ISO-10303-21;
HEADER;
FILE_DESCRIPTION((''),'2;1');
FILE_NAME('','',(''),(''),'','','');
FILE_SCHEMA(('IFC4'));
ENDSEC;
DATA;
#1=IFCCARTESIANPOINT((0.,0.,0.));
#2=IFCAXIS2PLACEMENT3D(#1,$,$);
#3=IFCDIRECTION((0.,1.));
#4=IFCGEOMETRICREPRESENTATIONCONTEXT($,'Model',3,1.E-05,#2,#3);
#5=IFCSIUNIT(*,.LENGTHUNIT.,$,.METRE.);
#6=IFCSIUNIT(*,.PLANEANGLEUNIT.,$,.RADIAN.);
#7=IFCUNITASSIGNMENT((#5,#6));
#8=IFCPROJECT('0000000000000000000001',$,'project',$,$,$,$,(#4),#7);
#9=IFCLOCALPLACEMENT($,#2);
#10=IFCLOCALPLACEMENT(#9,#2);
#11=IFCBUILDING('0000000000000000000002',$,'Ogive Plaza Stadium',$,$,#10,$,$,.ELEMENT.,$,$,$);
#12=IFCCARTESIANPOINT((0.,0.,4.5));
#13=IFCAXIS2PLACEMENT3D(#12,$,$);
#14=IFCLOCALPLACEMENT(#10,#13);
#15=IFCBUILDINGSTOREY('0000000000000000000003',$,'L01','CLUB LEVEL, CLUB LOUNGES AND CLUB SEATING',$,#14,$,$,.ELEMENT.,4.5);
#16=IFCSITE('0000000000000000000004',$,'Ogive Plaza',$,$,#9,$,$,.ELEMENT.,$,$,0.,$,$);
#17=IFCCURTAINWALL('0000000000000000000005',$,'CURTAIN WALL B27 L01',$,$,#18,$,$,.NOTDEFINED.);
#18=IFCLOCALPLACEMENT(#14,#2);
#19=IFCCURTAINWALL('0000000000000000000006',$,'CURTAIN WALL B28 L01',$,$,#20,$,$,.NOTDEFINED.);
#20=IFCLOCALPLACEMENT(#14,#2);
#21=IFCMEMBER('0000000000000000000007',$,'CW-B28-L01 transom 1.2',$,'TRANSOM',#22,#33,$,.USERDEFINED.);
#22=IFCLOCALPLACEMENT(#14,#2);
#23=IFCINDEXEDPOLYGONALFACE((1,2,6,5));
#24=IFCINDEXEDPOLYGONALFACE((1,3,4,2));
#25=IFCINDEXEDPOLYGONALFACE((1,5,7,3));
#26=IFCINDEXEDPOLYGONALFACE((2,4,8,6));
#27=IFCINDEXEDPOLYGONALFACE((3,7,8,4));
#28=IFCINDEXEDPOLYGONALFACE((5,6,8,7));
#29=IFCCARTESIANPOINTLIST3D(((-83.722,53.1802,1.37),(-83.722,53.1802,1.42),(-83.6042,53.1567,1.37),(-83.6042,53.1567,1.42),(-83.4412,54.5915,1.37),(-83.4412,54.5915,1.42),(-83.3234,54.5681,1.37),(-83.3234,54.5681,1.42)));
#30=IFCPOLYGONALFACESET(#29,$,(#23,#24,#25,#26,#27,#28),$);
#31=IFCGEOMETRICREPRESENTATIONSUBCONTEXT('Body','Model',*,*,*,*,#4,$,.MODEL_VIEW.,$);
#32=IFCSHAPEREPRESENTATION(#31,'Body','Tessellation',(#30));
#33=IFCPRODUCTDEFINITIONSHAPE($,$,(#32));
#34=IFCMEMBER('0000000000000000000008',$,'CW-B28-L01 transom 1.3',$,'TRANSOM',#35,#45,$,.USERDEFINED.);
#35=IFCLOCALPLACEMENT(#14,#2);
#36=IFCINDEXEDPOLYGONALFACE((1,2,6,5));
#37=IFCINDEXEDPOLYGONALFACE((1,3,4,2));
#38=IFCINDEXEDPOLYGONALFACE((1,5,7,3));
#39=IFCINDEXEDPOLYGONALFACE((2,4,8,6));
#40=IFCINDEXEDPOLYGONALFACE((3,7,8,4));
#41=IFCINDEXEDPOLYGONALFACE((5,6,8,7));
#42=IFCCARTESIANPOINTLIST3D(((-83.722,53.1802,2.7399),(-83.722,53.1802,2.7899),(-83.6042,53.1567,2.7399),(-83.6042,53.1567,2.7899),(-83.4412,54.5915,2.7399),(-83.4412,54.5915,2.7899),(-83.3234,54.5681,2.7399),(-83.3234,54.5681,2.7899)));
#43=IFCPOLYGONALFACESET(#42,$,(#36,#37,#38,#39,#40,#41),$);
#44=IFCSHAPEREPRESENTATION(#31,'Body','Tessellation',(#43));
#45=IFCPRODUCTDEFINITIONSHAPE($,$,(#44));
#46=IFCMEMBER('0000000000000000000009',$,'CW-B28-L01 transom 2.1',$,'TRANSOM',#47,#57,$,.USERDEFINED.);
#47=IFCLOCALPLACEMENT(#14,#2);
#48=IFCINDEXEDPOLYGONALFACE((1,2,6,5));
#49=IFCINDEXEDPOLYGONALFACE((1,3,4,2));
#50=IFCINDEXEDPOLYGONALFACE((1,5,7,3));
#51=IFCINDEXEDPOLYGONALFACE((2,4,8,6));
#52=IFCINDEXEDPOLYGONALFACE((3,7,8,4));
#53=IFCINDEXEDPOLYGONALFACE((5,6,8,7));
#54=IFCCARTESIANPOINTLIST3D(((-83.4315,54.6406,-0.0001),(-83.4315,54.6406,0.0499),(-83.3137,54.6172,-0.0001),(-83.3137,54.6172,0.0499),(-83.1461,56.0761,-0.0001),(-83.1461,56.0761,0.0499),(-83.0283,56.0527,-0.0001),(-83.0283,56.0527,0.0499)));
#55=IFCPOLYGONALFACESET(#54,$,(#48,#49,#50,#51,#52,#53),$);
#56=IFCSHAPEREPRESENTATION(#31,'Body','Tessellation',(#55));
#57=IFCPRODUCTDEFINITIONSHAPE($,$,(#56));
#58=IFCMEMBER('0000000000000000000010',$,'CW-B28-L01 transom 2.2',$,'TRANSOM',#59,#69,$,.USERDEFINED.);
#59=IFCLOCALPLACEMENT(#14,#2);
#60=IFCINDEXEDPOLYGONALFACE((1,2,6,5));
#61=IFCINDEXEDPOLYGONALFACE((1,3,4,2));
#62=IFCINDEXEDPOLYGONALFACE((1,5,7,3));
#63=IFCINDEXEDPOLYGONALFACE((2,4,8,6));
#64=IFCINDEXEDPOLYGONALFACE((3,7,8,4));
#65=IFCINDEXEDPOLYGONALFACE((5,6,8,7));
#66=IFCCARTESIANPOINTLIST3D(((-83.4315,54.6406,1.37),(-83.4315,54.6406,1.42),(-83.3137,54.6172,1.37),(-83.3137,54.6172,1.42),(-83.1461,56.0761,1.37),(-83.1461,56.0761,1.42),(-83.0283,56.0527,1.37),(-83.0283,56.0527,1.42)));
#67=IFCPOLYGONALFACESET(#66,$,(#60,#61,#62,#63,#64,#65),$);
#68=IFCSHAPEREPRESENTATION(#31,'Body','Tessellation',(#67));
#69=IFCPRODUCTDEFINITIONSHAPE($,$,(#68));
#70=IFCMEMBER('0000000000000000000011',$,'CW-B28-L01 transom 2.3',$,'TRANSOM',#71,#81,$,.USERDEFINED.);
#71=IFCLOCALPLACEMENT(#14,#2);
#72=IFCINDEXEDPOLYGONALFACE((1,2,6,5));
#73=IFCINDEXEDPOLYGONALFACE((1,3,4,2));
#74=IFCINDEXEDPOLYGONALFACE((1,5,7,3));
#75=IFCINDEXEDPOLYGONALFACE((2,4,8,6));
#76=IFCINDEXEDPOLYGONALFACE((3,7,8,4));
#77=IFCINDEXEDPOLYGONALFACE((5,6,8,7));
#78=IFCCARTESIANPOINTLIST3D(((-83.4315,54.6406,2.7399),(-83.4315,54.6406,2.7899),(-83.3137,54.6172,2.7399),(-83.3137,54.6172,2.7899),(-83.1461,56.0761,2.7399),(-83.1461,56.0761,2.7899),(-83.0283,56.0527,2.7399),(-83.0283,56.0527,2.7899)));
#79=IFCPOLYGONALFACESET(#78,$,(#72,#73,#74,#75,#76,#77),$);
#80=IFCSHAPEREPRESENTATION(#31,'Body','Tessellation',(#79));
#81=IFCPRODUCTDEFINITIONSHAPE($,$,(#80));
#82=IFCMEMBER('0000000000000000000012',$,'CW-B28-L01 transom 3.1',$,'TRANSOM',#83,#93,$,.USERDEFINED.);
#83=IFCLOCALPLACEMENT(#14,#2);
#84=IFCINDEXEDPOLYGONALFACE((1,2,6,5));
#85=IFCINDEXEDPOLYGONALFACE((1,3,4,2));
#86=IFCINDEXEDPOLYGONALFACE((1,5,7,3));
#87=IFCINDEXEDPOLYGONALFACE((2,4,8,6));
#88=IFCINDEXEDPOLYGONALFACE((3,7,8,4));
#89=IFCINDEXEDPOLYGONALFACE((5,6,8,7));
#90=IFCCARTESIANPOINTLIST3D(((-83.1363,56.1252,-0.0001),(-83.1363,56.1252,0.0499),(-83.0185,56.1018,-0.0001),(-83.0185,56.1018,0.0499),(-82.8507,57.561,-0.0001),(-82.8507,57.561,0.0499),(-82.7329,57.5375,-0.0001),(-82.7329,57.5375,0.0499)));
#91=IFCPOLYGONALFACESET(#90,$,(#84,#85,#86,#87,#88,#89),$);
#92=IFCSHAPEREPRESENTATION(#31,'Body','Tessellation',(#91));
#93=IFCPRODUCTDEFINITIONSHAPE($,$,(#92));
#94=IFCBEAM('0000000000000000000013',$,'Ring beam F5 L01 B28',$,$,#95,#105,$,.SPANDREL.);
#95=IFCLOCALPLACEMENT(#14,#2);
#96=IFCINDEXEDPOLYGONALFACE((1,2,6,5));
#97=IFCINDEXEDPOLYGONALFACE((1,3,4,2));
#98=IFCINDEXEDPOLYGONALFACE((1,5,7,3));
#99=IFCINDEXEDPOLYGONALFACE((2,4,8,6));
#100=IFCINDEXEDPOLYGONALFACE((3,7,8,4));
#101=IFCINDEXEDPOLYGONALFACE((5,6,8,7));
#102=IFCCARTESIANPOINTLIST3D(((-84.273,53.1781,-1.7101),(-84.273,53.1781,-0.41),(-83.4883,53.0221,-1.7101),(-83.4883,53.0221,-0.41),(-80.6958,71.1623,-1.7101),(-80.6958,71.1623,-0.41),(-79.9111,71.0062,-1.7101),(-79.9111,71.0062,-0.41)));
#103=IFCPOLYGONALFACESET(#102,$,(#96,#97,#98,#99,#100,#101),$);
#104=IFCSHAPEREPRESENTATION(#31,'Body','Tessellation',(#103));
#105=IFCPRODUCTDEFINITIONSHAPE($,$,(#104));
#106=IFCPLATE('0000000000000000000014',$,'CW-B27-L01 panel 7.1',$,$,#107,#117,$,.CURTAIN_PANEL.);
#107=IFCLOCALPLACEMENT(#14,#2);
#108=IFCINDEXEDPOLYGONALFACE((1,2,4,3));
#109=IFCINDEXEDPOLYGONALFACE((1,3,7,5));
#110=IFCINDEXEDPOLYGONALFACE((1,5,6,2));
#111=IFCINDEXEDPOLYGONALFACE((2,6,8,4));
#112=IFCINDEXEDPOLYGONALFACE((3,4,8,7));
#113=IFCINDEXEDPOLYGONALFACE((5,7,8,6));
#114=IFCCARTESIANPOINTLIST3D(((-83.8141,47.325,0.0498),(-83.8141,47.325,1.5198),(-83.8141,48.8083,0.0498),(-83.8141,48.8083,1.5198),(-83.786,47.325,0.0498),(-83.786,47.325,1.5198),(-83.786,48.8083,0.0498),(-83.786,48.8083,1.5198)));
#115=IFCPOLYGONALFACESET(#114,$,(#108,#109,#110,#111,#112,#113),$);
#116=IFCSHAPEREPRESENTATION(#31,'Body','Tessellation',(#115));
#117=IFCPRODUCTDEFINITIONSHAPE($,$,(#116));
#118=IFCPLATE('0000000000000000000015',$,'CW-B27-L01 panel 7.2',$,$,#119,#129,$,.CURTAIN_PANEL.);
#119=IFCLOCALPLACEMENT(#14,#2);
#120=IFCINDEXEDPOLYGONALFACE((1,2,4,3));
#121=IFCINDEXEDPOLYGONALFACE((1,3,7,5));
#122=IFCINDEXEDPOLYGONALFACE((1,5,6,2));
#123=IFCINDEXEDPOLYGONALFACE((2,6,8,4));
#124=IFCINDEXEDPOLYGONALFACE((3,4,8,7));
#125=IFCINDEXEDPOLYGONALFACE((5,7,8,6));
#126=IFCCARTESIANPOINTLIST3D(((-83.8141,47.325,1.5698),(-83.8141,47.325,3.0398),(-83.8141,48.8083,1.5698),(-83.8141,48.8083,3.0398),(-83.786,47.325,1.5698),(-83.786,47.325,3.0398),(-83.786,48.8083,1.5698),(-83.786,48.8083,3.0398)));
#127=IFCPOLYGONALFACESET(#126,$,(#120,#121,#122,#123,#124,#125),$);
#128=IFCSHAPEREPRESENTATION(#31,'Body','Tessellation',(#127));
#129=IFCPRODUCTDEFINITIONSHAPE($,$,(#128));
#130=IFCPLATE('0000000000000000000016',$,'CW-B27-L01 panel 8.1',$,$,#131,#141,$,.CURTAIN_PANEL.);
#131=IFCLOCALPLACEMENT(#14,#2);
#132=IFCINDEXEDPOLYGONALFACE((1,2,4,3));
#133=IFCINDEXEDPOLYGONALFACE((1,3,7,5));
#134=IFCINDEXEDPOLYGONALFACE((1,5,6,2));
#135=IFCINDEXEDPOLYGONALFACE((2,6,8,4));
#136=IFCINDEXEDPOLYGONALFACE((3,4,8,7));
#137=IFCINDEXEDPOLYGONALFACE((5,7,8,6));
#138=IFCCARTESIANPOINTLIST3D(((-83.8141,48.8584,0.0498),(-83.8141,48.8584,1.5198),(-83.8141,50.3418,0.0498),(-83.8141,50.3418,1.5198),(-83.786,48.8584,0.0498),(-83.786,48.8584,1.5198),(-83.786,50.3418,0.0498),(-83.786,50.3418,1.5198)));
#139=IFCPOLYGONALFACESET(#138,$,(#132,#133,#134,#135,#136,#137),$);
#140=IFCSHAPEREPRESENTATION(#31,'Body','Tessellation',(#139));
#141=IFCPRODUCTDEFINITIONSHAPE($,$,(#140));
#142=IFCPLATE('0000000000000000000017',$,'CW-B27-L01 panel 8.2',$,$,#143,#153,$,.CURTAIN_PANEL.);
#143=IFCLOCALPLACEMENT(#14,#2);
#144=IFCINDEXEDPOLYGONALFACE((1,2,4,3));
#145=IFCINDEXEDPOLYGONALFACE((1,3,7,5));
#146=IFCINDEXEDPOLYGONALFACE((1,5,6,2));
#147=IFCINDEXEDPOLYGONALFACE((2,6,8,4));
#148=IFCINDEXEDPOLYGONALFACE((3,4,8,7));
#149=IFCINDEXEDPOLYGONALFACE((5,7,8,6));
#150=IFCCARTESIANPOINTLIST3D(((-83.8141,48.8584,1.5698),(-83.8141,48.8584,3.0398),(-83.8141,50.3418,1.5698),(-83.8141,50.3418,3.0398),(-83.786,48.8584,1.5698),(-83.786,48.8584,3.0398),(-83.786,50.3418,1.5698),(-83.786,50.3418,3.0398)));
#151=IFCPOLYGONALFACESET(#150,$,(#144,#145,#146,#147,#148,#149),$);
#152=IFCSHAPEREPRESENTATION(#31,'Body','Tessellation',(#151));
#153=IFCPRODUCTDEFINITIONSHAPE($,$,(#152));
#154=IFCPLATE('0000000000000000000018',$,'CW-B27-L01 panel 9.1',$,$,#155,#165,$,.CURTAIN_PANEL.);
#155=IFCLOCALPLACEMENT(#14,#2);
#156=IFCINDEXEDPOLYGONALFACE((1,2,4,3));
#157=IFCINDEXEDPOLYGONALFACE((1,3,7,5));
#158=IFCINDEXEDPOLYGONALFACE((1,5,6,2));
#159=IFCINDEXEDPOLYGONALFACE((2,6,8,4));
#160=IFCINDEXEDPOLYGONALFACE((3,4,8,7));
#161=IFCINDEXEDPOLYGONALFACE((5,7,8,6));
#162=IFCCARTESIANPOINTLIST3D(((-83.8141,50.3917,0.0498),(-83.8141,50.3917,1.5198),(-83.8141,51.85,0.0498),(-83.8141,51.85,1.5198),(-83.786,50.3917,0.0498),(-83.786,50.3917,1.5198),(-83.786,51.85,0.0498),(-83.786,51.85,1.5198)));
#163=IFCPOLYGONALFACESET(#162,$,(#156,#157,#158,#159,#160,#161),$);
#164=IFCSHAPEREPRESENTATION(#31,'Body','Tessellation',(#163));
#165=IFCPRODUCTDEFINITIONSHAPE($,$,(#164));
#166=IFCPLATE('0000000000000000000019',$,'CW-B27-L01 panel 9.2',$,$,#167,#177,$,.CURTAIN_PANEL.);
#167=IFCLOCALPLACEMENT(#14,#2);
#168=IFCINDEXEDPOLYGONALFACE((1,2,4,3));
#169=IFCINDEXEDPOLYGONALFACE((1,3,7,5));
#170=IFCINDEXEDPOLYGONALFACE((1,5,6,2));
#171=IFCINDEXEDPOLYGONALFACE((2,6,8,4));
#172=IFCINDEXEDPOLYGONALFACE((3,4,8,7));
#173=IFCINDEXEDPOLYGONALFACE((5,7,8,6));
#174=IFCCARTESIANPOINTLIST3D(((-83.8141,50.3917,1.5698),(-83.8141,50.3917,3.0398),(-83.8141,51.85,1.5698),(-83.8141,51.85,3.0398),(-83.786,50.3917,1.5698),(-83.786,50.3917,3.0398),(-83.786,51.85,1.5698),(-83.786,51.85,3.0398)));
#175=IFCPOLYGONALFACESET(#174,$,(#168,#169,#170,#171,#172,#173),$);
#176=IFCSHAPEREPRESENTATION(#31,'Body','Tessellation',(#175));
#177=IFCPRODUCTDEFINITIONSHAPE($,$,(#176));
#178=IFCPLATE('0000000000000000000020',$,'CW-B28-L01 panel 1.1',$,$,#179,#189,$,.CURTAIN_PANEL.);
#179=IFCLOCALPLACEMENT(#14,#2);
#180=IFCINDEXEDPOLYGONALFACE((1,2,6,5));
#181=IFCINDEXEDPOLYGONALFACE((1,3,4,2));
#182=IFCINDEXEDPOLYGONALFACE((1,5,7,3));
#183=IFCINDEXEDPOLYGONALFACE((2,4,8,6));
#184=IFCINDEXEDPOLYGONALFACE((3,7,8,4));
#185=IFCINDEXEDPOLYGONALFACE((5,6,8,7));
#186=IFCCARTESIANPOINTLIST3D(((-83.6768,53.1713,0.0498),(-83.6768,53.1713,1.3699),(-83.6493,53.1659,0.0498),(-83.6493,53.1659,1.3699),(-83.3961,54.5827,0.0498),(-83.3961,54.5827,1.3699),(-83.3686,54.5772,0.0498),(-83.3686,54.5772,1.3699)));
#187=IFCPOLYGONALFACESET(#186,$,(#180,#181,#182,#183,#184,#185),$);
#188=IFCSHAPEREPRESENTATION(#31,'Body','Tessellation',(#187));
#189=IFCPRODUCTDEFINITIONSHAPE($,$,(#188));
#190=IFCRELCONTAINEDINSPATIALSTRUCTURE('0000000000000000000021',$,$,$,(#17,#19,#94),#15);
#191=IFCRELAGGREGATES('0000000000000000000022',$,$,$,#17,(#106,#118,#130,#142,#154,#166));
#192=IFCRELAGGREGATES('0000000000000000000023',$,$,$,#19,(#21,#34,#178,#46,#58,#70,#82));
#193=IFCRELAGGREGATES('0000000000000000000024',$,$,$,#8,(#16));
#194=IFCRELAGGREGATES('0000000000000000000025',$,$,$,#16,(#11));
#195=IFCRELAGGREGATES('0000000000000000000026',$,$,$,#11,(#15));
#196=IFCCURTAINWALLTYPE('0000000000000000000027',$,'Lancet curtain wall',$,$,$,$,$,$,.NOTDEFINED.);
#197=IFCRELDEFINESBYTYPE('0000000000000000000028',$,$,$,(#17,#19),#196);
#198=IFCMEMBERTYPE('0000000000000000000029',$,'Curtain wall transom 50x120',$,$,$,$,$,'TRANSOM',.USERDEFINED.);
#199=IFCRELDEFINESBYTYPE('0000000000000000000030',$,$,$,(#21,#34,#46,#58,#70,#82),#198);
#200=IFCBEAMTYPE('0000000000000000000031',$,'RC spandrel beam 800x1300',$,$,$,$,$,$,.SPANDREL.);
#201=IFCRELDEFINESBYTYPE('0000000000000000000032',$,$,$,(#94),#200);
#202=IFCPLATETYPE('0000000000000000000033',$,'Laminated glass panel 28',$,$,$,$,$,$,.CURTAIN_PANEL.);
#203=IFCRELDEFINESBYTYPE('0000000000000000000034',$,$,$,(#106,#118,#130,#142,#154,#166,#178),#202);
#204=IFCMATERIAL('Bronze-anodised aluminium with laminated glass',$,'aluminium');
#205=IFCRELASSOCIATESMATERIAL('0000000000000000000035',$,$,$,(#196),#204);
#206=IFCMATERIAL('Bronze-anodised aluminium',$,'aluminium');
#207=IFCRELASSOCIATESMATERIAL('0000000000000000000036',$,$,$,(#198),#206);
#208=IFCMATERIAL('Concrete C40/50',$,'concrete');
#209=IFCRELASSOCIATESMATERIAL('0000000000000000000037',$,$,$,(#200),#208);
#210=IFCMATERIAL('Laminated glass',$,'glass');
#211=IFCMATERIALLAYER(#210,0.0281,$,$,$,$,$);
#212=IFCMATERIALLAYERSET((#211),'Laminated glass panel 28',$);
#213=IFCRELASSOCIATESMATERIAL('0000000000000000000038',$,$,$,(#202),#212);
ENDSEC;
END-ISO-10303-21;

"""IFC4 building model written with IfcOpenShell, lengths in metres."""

from ifc_helpers import new_model, si_unit, direction, frame, origin, origin_2d, place, context, subcontext, project, spatial, rectangle, extrude, material, layer, layer_set, material_profile, profile_set, type_object, element, aggregate, save


model = new_model("IFC4")

# Units and contexts
model_context = context("Model", 3, precision=1e-05, world=origin(), true_north=direction((0.0, 1.0)))
body_context = subcontext(model_context, "Body", "Model", "MODEL_VIEW")
ifc_project = project(units=[si_unit("LENGTHUNIT", "METRE"), si_unit("PLANEANGLEUNIT", "RADIAN")], contexts=[model_context])

# Site, building, storey
site_placement = place(None, origin())
site = spatial("IfcSite", under=ifc_project, at=site_placement, Name="Ogive Plaza", CompositionType="ELEMENT", RefElevation=0.0)
building_placement = place(site_placement, origin())
building = spatial("IfcBuilding", under=site, at=building_placement, Name="Ogive Plaza Stadium", CompositionType="ELEMENT")
storey_placement = place(building_placement, frame((0.0, 0.0, 4.5)))
storey = spatial("IfcBuildingStorey", under=building, at=storey_placement, Name="L01", Description="CLUB LEVEL, CLUB LOUNGES AND CLUB SEATING", CompositionType="ELEMENT", Elevation=4.5)

# Curtain walls
ifc_material_1 = material(Name="Bronze-anodised aluminium with laminated glass", Category="aluminium")
curtain_wall_type = type_object("IfcCurtainWallType", Name="Lancet curtain wall", PredefinedType="NOTDEFINED", material=ifc_material_1)
curtain_wall_1_placement = place(storey_placement, origin())
curtain_wall_1 = element("IfcCurtainWall", 1, at=curtain_wall_1_placement, inside=storey, type_object=curtain_wall_type, Name="CURTAIN WALL B27 L01", PredefinedType="NOTDEFINED")
curtain_wall_2_placement = place(storey_placement, origin())
curtain_wall_2 = element("IfcCurtainWall", 2, at=curtain_wall_2_placement, inside=storey, type_object=curtain_wall_type, Name="CURTAIN WALL B28 L01", PredefinedType="NOTDEFINED")

# Members
ifc_material_2 = material(Name="Bronze-anodised aluminium", Category="aluminium")
ifc_material_profile_1 = material_profile(ifc_material_2, rectangle(XDim=0.1201, YDim=0.05, at=origin_2d()), Name="AL 120x50")
ifc_profile_set_1 = profile_set([ifc_material_profile_1], Name="Bronze-anodised aluminium")
member_type_1 = type_object("IfcMemberType", Name="Curtain wall transom 50x120", ElementType="TRANSOM", PredefinedType="USERDEFINED", material=ifc_profile_set_1)
member_1_placement = place(storey_placement, frame((-83.6631, 53.1685, 1.395), z_axis=(0.195105, 0.980782, 0.0), x_axis=(-0.980782, 0.195105, 0.0)))
member_1 = element("IfcMember", 3, at=member_1_placement, type_object=member_type_1, Name="CW-B28-L01 transom 1.2", ObjectType="TRANSOM", PredefinedType="USERDEFINED", context=body_context, shape_type="SweptSolid", body=[
    extrude(rectangle(XDim=0.1201, YDim=0.05, at=origin_2d()), origin(), (0.0, 0.0, 1.0), 1.439),
])
member_2_placement = place(storey_placement, frame((-83.6631, 53.1685, 2.7649), z_axis=(0.195105, 0.980782, 0.0), x_axis=(-0.980782, 0.195105, 0.0)))
member_2 = element("IfcMember", 4, at=member_2_placement, type_object=member_type_1, Name="CW-B28-L01 transom 1.3", ObjectType="TRANSOM", PredefinedType="USERDEFINED", context=body_context, shape_type="SweptSolid", body=[
    extrude(rectangle(XDim=0.1201, YDim=0.05, at=origin_2d()), origin(), (0.0, 0.0, 1.0), 1.439),
])
member_3_placement = place(storey_placement, frame((-83.3726, 54.6289, 0.0249), z_axis=(0.194993, 0.980805, 0.0), x_axis=(-0.980805, 0.194993, 0.0)))
member_3 = element("IfcMember", 5, at=member_3_placement, type_object=member_type_1, Name="CW-B28-L01 transom 2.1", ObjectType="TRANSOM", PredefinedType="USERDEFINED", context=body_context, shape_type="SweptSolid", body=[
    extrude(rectangle(XDim=0.1201, YDim=0.05, at=origin_2d()), origin(), (0.0, 0.0, 1.0), 1.4636),
])
member_4_placement = place(storey_placement, frame((-83.3726, 54.6289, 1.395), z_axis=(0.194993, 0.980805, 0.0), x_axis=(-0.980805, 0.194993, 0.0)))
member_4 = element("IfcMember", 6, at=member_4_placement, type_object=member_type_1, Name="CW-B28-L01 transom 2.2", ObjectType="TRANSOM", PredefinedType="USERDEFINED", context=body_context, shape_type="SweptSolid", body=[
    extrude(rectangle(XDim=0.1201, YDim=0.05, at=origin_2d()), origin(), (0.0, 0.0, 1.0), 1.4636),
])
member_5_placement = place(storey_placement, frame((-83.3726, 54.6289, 2.7649), z_axis=(0.194993, 0.980805, 0.0), x_axis=(-0.980805, 0.194993, 0.0)))
member_5 = element("IfcMember", 7, at=member_5_placement, type_object=member_type_1, Name="CW-B28-L01 transom 2.3", ObjectType="TRANSOM", PredefinedType="USERDEFINED", context=body_context, shape_type="SweptSolid", body=[
    extrude(rectangle(XDim=0.1201, YDim=0.05, at=origin_2d()), origin(), (0.0, 0.0, 1.0), 1.4636),
])
member_6_placement = place(storey_placement, frame((-83.0774, 56.1135, 0.0249), z_axis=(0.195122, 0.980779, 0.0), x_axis=(-0.980779, 0.195122, 0.0)))
member_6 = element("IfcMember", 8, at=member_6_placement, type_object=member_type_1, Name="CW-B28-L01 transom 3.1", ObjectType="TRANSOM", PredefinedType="USERDEFINED", context=body_context, shape_type="SweptSolid", body=[
    extrude(rectangle(XDim=0.1201, YDim=0.05, at=origin_2d()), origin(), (0.0, 0.0, 1.0), 1.4639),
])

# Beam
ifc_material_3 = material(Name="Concrete C40/50", Category="concrete")
ifc_material_profile_2 = material_profile(ifc_material_3, rectangle(XDim=0.8, YDim=1.3, at=origin_2d()), Name="RC 800x1300")
ifc_profile_set_2 = profile_set([ifc_material_profile_2], Name="Concrete C40/50")
beam_type = type_object("IfcBeamType", Name="RC spandrel beam 800x1300", PredefinedType="SPANDREL", material=ifc_profile_set_2)
beam_placement = place(storey_placement, frame((-83.8806, 53.1001, -1.0601), z_axis=(0.195084, 0.980787, 0.0), x_axis=(-0.980787, 0.195084, 0.0)))
element("IfcBeam", 9, at=beam_placement, inside=storey, type_object=beam_type, Name="Ring beam F5 L01 B28", PredefinedType="SPANDREL", context=body_context, shape_type="SweptSolid", body=[
    extrude(rectangle(XDim=0.8, YDim=1.3, at=origin_2d()), origin(), (0.0, 0.0, 1.0), 18.3364),
])

# Plates
ifc_material_4 = material(Name="Laminated glass", Category="glass")
ifc_layer = layer(ifc_material_4, 0.0281)
ifc_layer_set = layer_set([ifc_layer], Name="Laminated glass panel 28")
plate_type = type_object("IfcPlateType", Name="Laminated glass panel 28", PredefinedType="CURTAIN_PANEL", material=ifc_layer_set)
plate_1_placement = place(storey_placement, frame((-83.8, 48.0667, 0.0498), z_axis=(0.0, 0.0, 1.0), x_axis=(0.0, 1.0, 0.0)))
plate_1 = element("IfcPlate", 10, at=plate_1_placement, type_object=plate_type, Name="CW-B27-L01 panel 7.1", PredefinedType="CURTAIN_PANEL", context=body_context, shape_type="SweptSolid", body=[
    extrude(rectangle(XDim=1.4834, YDim=0.0281, at=origin_2d()), origin(), (0.0, 0.0, 1.0), 1.47),
])
plate_2_placement = place(storey_placement, frame((-83.8, 48.0667, 1.5698), z_axis=(0.0, 0.0, 1.0), x_axis=(0.0, 1.0, 0.0)))
plate_2 = element("IfcPlate", 11, at=plate_2_placement, type_object=plate_type, Name="CW-B27-L01 panel 7.2", PredefinedType="CURTAIN_PANEL", context=body_context, shape_type="SweptSolid", body=[
    extrude(rectangle(XDim=1.4834, YDim=0.0281, at=origin_2d()), origin(), (0.0, 0.0, 1.0), 1.47),
])
plate_3_placement = place(storey_placement, frame((-83.8, 49.6001, 0.0498), z_axis=(0.0, 0.0, 1.0), x_axis=(0.0, 1.0, 0.0)))
plate_3 = element("IfcPlate", 12, at=plate_3_placement, type_object=plate_type, Name="CW-B27-L01 panel 8.1", PredefinedType="CURTAIN_PANEL", context=body_context, shape_type="SweptSolid", body=[
    extrude(rectangle(XDim=1.4834, YDim=0.0281, at=origin_2d()), origin(), (0.0, 0.0, 1.0), 1.47),
])
plate_4_placement = place(storey_placement, frame((-83.8, 49.6001, 1.5698), z_axis=(0.0, 0.0, 1.0), x_axis=(0.0, 1.0, 0.0)))
plate_4 = element("IfcPlate", 13, at=plate_4_placement, type_object=plate_type, Name="CW-B27-L01 panel 8.2", PredefinedType="CURTAIN_PANEL", context=body_context, shape_type="SweptSolid", body=[
    extrude(rectangle(XDim=1.4834, YDim=0.0281, at=origin_2d()), origin(), (0.0, 0.0, 1.0), 1.47),
])
plate_5_placement = place(storey_placement, frame((-83.8, 51.1208, 0.0498), z_axis=(0.0, 0.0, 1.0), x_axis=(0.0, 1.0, 0.0)))
plate_5 = element("IfcPlate", 14, at=plate_5_placement, type_object=plate_type, Name="CW-B27-L01 panel 9.1", PredefinedType="CURTAIN_PANEL", context=body_context, shape_type="SweptSolid", body=[
    extrude(rectangle(XDim=1.4583, YDim=0.0281, at=origin_2d()), origin(), (0.0, 0.0, 1.0), 1.47),
])
plate_6_placement = place(storey_placement, frame((-83.8, 51.1208, 1.5698), z_axis=(0.0, 0.0, 1.0), x_axis=(0.0, 1.0, 0.0)))
plate_6 = element("IfcPlate", 15, at=plate_6_placement, type_object=plate_type, Name="CW-B27-L01 panel 9.2", PredefinedType="CURTAIN_PANEL", context=body_context, shape_type="SweptSolid", body=[
    extrude(rectangle(XDim=1.4583, YDim=0.0281, at=origin_2d()), origin(), (0.0, 0.0, 1.0), 1.47),
])
aggregate(curtain_wall_1, [plate_1, plate_2, plate_3, plate_4, plate_5, plate_6])
plate_7_placement = place(storey_placement, frame((-83.5227, 53.8743, 0.0498), z_axis=(0.0, 0.0, 1.0), x_axis=(0.19509, 0.980785, 0.0)))
plate_7 = element("IfcPlate", 16, at=plate_7_placement, type_object=plate_type, Name="CW-B28-L01 panel 1.1", PredefinedType="CURTAIN_PANEL", context=body_context, shape_type="SweptSolid", body=[
    extrude(rectangle(XDim=1.439, YDim=0.0281, at=origin_2d()), origin(), (0.0, 0.0, 1.0), 1.3201),
])
aggregate(curtain_wall_2, [member_1, member_2, plate_7, member_3, member_4, member_5, member_6])

save(model, "model.ifc")
